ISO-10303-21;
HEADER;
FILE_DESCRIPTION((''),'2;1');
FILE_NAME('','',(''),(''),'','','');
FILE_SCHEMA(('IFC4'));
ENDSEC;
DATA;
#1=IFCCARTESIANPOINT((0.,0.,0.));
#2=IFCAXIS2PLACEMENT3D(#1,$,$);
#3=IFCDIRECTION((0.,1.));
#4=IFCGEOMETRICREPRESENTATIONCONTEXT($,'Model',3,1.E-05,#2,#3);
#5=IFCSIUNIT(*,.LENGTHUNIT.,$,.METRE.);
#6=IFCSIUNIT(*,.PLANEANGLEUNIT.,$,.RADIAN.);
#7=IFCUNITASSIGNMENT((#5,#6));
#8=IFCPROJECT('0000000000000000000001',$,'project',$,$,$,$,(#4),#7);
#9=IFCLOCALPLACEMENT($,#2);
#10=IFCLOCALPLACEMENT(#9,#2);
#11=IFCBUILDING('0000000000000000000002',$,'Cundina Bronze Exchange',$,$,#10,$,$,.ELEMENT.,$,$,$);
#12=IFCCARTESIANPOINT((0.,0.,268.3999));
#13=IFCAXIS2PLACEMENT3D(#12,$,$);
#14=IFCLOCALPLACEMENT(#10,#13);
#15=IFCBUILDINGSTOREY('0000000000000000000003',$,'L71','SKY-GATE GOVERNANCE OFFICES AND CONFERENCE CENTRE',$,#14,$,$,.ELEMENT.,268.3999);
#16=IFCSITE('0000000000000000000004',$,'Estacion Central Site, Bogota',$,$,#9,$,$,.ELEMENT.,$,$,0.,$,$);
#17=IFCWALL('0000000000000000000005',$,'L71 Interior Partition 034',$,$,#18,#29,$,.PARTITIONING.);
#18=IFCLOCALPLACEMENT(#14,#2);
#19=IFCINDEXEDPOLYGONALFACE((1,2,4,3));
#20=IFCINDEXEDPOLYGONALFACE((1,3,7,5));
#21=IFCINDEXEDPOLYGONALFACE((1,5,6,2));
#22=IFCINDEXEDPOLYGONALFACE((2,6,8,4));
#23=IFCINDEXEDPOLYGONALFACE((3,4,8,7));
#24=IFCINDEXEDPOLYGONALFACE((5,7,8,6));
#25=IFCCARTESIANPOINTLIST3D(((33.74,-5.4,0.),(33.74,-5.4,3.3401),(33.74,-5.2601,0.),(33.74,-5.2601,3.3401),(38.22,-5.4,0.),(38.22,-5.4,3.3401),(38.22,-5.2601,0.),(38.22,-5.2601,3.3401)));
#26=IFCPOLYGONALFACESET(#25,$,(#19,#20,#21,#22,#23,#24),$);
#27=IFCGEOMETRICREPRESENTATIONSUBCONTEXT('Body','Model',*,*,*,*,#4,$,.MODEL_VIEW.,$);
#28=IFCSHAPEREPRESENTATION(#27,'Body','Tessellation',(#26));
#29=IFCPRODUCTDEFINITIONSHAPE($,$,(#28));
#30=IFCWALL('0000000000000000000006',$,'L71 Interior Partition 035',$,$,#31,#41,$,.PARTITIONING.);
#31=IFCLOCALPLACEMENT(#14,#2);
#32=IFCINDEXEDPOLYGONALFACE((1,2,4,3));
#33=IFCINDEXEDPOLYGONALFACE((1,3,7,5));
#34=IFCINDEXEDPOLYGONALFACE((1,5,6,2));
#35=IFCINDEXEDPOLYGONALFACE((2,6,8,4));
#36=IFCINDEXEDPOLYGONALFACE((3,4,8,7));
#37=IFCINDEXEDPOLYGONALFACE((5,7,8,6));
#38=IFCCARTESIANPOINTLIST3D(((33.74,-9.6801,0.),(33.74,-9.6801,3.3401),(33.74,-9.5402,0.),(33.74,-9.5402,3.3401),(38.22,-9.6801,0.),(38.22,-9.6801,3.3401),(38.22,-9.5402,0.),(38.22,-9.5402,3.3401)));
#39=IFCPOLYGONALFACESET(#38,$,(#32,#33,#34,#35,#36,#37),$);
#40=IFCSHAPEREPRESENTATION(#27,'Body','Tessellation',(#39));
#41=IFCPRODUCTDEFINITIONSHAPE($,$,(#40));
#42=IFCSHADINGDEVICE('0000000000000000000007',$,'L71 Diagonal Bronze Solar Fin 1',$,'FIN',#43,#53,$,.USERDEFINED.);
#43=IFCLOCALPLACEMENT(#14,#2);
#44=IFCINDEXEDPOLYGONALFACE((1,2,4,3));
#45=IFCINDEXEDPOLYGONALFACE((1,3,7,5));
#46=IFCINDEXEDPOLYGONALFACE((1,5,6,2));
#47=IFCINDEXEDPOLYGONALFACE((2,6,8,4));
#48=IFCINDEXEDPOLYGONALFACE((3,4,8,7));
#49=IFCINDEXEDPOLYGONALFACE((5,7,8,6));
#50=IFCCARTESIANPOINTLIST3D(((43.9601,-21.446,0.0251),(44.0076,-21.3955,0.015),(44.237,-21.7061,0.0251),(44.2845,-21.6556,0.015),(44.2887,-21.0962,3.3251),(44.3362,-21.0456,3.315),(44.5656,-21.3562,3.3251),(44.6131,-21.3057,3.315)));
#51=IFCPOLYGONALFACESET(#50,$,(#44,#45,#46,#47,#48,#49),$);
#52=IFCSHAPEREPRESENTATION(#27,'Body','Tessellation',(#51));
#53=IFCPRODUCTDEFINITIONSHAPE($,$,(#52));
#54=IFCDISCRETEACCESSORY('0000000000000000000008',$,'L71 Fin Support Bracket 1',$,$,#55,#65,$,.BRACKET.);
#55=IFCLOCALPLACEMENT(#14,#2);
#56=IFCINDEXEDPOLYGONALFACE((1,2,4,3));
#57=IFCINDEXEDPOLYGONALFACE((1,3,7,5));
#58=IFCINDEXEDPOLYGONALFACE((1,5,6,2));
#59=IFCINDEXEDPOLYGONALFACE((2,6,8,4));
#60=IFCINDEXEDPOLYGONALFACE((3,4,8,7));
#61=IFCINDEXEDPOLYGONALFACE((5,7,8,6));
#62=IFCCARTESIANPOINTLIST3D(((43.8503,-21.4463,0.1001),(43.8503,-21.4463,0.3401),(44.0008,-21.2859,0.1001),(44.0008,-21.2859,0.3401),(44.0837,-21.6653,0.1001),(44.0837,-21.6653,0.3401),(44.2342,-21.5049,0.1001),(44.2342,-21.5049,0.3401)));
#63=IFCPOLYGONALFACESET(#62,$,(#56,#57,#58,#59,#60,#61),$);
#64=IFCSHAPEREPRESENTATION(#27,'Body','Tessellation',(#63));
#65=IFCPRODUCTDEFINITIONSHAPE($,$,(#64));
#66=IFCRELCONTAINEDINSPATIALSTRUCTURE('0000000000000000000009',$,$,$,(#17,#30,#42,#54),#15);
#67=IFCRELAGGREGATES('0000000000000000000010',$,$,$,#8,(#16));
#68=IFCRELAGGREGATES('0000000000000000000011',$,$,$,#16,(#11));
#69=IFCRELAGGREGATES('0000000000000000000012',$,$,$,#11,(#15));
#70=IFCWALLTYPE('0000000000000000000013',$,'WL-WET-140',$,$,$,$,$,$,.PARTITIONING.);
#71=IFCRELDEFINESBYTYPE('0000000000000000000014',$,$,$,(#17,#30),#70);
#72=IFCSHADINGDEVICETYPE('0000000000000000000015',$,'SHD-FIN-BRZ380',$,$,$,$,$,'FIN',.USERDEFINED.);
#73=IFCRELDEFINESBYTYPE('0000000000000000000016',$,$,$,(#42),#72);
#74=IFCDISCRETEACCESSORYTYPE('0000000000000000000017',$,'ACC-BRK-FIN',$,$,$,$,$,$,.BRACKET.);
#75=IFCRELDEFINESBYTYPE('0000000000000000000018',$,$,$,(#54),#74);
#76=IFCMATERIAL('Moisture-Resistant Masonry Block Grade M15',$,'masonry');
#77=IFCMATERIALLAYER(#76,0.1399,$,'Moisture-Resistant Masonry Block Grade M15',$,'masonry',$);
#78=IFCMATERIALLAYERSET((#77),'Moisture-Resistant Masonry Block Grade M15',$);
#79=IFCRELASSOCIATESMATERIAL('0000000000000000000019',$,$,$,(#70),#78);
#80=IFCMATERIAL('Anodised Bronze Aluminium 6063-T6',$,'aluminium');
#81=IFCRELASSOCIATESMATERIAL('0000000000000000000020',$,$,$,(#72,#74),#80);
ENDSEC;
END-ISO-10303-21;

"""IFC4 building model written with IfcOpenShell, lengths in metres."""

from ifc_helpers import new_model, si_unit, direction, frame, frame_2d, origin, origin_2d, place, context, subcontext, project, spatial, rectangle, extrude, material, layer, layer_set, material_profile, profile_set, type_object, element, save


model = new_model("IFC4")

# Units and contexts
model_context = context("Model", 3, precision=1e-05, world=origin(), true_north=direction((0.0, 1.0)))
body_context = subcontext(model_context, "Body", "Model", "MODEL_VIEW")
ifc_project = project(units=[si_unit("LENGTHUNIT", "METRE"), si_unit("PLANEANGLEUNIT", "RADIAN")], contexts=[model_context])

# Site, building, storey
site_placement = place(None, origin())
site = spatial("IfcSite", under=ifc_project, at=site_placement, Name="Estacion Central Site, Bogota", CompositionType="ELEMENT", RefElevation=0.0)
building_placement = place(site_placement, origin())
building = spatial("IfcBuilding", under=site, at=building_placement, Name="Cundina Bronze Exchange", CompositionType="ELEMENT")
storey_placement = place(building_placement, frame((0.0, 0.0, 268.3999)))
storey = spatial("IfcBuildingStorey", under=building, at=storey_placement, Name="L71", Description="SKY-GATE GOVERNANCE OFFICES AND CONFERENCE CENTRE", CompositionType="ELEMENT", Elevation=268.3999)

# Shared definitions
ifc_material_1 = material(Name="Anodised Bronze Aluminium 6063-T6", Category="aluminium")

# Walls
ifc_material_2 = material(Name="Moisture-Resistant Masonry Block Grade M15", Category="masonry")
ifc_layer_1 = layer(ifc_material_2, 0.1399, Name="Moisture-Resistant Masonry Block Grade M15", Category="masonry")
ifc_layer_set_1 = layer_set([ifc_layer_1], Name="Moisture-Resistant Masonry Block Grade M15")
wall_type = type_object("IfcWallType", Name="WL-WET-140", PredefinedType="PARTITIONING", material=ifc_layer_set_1)
for number, where, z_axis, x_axis, name in (
    (1, (33.74, -5.3301, 0.0), (0.0, 0.0, 1.0), (1.0, 0.0, 0.0), "L71 Interior Partition 034"),
    (2, (33.74, -9.6101, 0.0), (0.0, 0.0, 1.0), (1.0, 0.0, 0.0), "L71 Interior Partition 035"),
):
    element("IfcWall", number, at=place(storey_placement, frame(where, z_axis=z_axis, x_axis=x_axis)), inside=storey, type_object=wall_type, Name=name, PredefinedType="PARTITIONING", context=body_context, shape_type="SweptSolid", body=[
        extrude(rectangle(XDim=4.48, YDim=0.1399, at=frame_2d((2.24, 0.0))), origin(), (0.0, 0.0, 1.0), 3.3401),
    ])

# Shading device
ifc_material_profile_1 = material_profile(ifc_material_1, rectangle(XDim=0.0701, YDim=0.3799, at=origin_2d()), Name="FIN70X380", Category="aluminium")
ifc_profile_set_1 = profile_set([ifc_material_profile_1], Name="Anodised Bronze Aluminium 6063-T6")
shading_device_type = type_object("IfcShadingDeviceType", Name="SHD-FIN-BRZ380", ElementType="FIN", PredefinedType="USERDEFINED", material=ifc_profile_set_1)
shading_device_placement = place(storey_placement, frame((44.1223, -21.5508, 0.02), z_axis=(0.098541, 0.104911, 0.989587), x_axis=(-0.677506, -0.721297, 0.143933)))
element("IfcShadingDevice", 3, at=shading_device_placement, inside=storey, type_object=shading_device_type, Name="L71 Diagonal Bronze Solar Fin 1", ObjectType="FIN", PredefinedType="USERDEFINED", context=body_context, shape_type="SweptSolid", body=[
    extrude(rectangle(XDim=0.0701, YDim=0.3799, at=origin_2d()), origin(), (0.0, 0.0, 1.0), 3.3347),
])

# Discrete accessory
discrete_accessory_type = type_object("IfcDiscreteAccessoryType", Name="ACC-BRK-FIN", PredefinedType="BRACKET", material=ifc_material_1)
discrete_accessory_placement = place(storey_placement, frame((44.0422, -21.4756, 0.1001), z_axis=(0.0, 0.0, 1.0), x_axis=(0.684344, 0.72916, 0.0)))
element("IfcDiscreteAccessory", 4, at=discrete_accessory_placement, inside=storey, type_object=discrete_accessory_type, Name="L71 Fin Support Bracket 1", PredefinedType="BRACKET", context=body_context, shape_type="SweptSolid", body=[
    extrude(rectangle(XDim=0.22, YDim=0.3201, at=origin_2d()), origin(), (0.0, 0.0, 1.0), 0.24),
])

save(model, "model.ifc")
